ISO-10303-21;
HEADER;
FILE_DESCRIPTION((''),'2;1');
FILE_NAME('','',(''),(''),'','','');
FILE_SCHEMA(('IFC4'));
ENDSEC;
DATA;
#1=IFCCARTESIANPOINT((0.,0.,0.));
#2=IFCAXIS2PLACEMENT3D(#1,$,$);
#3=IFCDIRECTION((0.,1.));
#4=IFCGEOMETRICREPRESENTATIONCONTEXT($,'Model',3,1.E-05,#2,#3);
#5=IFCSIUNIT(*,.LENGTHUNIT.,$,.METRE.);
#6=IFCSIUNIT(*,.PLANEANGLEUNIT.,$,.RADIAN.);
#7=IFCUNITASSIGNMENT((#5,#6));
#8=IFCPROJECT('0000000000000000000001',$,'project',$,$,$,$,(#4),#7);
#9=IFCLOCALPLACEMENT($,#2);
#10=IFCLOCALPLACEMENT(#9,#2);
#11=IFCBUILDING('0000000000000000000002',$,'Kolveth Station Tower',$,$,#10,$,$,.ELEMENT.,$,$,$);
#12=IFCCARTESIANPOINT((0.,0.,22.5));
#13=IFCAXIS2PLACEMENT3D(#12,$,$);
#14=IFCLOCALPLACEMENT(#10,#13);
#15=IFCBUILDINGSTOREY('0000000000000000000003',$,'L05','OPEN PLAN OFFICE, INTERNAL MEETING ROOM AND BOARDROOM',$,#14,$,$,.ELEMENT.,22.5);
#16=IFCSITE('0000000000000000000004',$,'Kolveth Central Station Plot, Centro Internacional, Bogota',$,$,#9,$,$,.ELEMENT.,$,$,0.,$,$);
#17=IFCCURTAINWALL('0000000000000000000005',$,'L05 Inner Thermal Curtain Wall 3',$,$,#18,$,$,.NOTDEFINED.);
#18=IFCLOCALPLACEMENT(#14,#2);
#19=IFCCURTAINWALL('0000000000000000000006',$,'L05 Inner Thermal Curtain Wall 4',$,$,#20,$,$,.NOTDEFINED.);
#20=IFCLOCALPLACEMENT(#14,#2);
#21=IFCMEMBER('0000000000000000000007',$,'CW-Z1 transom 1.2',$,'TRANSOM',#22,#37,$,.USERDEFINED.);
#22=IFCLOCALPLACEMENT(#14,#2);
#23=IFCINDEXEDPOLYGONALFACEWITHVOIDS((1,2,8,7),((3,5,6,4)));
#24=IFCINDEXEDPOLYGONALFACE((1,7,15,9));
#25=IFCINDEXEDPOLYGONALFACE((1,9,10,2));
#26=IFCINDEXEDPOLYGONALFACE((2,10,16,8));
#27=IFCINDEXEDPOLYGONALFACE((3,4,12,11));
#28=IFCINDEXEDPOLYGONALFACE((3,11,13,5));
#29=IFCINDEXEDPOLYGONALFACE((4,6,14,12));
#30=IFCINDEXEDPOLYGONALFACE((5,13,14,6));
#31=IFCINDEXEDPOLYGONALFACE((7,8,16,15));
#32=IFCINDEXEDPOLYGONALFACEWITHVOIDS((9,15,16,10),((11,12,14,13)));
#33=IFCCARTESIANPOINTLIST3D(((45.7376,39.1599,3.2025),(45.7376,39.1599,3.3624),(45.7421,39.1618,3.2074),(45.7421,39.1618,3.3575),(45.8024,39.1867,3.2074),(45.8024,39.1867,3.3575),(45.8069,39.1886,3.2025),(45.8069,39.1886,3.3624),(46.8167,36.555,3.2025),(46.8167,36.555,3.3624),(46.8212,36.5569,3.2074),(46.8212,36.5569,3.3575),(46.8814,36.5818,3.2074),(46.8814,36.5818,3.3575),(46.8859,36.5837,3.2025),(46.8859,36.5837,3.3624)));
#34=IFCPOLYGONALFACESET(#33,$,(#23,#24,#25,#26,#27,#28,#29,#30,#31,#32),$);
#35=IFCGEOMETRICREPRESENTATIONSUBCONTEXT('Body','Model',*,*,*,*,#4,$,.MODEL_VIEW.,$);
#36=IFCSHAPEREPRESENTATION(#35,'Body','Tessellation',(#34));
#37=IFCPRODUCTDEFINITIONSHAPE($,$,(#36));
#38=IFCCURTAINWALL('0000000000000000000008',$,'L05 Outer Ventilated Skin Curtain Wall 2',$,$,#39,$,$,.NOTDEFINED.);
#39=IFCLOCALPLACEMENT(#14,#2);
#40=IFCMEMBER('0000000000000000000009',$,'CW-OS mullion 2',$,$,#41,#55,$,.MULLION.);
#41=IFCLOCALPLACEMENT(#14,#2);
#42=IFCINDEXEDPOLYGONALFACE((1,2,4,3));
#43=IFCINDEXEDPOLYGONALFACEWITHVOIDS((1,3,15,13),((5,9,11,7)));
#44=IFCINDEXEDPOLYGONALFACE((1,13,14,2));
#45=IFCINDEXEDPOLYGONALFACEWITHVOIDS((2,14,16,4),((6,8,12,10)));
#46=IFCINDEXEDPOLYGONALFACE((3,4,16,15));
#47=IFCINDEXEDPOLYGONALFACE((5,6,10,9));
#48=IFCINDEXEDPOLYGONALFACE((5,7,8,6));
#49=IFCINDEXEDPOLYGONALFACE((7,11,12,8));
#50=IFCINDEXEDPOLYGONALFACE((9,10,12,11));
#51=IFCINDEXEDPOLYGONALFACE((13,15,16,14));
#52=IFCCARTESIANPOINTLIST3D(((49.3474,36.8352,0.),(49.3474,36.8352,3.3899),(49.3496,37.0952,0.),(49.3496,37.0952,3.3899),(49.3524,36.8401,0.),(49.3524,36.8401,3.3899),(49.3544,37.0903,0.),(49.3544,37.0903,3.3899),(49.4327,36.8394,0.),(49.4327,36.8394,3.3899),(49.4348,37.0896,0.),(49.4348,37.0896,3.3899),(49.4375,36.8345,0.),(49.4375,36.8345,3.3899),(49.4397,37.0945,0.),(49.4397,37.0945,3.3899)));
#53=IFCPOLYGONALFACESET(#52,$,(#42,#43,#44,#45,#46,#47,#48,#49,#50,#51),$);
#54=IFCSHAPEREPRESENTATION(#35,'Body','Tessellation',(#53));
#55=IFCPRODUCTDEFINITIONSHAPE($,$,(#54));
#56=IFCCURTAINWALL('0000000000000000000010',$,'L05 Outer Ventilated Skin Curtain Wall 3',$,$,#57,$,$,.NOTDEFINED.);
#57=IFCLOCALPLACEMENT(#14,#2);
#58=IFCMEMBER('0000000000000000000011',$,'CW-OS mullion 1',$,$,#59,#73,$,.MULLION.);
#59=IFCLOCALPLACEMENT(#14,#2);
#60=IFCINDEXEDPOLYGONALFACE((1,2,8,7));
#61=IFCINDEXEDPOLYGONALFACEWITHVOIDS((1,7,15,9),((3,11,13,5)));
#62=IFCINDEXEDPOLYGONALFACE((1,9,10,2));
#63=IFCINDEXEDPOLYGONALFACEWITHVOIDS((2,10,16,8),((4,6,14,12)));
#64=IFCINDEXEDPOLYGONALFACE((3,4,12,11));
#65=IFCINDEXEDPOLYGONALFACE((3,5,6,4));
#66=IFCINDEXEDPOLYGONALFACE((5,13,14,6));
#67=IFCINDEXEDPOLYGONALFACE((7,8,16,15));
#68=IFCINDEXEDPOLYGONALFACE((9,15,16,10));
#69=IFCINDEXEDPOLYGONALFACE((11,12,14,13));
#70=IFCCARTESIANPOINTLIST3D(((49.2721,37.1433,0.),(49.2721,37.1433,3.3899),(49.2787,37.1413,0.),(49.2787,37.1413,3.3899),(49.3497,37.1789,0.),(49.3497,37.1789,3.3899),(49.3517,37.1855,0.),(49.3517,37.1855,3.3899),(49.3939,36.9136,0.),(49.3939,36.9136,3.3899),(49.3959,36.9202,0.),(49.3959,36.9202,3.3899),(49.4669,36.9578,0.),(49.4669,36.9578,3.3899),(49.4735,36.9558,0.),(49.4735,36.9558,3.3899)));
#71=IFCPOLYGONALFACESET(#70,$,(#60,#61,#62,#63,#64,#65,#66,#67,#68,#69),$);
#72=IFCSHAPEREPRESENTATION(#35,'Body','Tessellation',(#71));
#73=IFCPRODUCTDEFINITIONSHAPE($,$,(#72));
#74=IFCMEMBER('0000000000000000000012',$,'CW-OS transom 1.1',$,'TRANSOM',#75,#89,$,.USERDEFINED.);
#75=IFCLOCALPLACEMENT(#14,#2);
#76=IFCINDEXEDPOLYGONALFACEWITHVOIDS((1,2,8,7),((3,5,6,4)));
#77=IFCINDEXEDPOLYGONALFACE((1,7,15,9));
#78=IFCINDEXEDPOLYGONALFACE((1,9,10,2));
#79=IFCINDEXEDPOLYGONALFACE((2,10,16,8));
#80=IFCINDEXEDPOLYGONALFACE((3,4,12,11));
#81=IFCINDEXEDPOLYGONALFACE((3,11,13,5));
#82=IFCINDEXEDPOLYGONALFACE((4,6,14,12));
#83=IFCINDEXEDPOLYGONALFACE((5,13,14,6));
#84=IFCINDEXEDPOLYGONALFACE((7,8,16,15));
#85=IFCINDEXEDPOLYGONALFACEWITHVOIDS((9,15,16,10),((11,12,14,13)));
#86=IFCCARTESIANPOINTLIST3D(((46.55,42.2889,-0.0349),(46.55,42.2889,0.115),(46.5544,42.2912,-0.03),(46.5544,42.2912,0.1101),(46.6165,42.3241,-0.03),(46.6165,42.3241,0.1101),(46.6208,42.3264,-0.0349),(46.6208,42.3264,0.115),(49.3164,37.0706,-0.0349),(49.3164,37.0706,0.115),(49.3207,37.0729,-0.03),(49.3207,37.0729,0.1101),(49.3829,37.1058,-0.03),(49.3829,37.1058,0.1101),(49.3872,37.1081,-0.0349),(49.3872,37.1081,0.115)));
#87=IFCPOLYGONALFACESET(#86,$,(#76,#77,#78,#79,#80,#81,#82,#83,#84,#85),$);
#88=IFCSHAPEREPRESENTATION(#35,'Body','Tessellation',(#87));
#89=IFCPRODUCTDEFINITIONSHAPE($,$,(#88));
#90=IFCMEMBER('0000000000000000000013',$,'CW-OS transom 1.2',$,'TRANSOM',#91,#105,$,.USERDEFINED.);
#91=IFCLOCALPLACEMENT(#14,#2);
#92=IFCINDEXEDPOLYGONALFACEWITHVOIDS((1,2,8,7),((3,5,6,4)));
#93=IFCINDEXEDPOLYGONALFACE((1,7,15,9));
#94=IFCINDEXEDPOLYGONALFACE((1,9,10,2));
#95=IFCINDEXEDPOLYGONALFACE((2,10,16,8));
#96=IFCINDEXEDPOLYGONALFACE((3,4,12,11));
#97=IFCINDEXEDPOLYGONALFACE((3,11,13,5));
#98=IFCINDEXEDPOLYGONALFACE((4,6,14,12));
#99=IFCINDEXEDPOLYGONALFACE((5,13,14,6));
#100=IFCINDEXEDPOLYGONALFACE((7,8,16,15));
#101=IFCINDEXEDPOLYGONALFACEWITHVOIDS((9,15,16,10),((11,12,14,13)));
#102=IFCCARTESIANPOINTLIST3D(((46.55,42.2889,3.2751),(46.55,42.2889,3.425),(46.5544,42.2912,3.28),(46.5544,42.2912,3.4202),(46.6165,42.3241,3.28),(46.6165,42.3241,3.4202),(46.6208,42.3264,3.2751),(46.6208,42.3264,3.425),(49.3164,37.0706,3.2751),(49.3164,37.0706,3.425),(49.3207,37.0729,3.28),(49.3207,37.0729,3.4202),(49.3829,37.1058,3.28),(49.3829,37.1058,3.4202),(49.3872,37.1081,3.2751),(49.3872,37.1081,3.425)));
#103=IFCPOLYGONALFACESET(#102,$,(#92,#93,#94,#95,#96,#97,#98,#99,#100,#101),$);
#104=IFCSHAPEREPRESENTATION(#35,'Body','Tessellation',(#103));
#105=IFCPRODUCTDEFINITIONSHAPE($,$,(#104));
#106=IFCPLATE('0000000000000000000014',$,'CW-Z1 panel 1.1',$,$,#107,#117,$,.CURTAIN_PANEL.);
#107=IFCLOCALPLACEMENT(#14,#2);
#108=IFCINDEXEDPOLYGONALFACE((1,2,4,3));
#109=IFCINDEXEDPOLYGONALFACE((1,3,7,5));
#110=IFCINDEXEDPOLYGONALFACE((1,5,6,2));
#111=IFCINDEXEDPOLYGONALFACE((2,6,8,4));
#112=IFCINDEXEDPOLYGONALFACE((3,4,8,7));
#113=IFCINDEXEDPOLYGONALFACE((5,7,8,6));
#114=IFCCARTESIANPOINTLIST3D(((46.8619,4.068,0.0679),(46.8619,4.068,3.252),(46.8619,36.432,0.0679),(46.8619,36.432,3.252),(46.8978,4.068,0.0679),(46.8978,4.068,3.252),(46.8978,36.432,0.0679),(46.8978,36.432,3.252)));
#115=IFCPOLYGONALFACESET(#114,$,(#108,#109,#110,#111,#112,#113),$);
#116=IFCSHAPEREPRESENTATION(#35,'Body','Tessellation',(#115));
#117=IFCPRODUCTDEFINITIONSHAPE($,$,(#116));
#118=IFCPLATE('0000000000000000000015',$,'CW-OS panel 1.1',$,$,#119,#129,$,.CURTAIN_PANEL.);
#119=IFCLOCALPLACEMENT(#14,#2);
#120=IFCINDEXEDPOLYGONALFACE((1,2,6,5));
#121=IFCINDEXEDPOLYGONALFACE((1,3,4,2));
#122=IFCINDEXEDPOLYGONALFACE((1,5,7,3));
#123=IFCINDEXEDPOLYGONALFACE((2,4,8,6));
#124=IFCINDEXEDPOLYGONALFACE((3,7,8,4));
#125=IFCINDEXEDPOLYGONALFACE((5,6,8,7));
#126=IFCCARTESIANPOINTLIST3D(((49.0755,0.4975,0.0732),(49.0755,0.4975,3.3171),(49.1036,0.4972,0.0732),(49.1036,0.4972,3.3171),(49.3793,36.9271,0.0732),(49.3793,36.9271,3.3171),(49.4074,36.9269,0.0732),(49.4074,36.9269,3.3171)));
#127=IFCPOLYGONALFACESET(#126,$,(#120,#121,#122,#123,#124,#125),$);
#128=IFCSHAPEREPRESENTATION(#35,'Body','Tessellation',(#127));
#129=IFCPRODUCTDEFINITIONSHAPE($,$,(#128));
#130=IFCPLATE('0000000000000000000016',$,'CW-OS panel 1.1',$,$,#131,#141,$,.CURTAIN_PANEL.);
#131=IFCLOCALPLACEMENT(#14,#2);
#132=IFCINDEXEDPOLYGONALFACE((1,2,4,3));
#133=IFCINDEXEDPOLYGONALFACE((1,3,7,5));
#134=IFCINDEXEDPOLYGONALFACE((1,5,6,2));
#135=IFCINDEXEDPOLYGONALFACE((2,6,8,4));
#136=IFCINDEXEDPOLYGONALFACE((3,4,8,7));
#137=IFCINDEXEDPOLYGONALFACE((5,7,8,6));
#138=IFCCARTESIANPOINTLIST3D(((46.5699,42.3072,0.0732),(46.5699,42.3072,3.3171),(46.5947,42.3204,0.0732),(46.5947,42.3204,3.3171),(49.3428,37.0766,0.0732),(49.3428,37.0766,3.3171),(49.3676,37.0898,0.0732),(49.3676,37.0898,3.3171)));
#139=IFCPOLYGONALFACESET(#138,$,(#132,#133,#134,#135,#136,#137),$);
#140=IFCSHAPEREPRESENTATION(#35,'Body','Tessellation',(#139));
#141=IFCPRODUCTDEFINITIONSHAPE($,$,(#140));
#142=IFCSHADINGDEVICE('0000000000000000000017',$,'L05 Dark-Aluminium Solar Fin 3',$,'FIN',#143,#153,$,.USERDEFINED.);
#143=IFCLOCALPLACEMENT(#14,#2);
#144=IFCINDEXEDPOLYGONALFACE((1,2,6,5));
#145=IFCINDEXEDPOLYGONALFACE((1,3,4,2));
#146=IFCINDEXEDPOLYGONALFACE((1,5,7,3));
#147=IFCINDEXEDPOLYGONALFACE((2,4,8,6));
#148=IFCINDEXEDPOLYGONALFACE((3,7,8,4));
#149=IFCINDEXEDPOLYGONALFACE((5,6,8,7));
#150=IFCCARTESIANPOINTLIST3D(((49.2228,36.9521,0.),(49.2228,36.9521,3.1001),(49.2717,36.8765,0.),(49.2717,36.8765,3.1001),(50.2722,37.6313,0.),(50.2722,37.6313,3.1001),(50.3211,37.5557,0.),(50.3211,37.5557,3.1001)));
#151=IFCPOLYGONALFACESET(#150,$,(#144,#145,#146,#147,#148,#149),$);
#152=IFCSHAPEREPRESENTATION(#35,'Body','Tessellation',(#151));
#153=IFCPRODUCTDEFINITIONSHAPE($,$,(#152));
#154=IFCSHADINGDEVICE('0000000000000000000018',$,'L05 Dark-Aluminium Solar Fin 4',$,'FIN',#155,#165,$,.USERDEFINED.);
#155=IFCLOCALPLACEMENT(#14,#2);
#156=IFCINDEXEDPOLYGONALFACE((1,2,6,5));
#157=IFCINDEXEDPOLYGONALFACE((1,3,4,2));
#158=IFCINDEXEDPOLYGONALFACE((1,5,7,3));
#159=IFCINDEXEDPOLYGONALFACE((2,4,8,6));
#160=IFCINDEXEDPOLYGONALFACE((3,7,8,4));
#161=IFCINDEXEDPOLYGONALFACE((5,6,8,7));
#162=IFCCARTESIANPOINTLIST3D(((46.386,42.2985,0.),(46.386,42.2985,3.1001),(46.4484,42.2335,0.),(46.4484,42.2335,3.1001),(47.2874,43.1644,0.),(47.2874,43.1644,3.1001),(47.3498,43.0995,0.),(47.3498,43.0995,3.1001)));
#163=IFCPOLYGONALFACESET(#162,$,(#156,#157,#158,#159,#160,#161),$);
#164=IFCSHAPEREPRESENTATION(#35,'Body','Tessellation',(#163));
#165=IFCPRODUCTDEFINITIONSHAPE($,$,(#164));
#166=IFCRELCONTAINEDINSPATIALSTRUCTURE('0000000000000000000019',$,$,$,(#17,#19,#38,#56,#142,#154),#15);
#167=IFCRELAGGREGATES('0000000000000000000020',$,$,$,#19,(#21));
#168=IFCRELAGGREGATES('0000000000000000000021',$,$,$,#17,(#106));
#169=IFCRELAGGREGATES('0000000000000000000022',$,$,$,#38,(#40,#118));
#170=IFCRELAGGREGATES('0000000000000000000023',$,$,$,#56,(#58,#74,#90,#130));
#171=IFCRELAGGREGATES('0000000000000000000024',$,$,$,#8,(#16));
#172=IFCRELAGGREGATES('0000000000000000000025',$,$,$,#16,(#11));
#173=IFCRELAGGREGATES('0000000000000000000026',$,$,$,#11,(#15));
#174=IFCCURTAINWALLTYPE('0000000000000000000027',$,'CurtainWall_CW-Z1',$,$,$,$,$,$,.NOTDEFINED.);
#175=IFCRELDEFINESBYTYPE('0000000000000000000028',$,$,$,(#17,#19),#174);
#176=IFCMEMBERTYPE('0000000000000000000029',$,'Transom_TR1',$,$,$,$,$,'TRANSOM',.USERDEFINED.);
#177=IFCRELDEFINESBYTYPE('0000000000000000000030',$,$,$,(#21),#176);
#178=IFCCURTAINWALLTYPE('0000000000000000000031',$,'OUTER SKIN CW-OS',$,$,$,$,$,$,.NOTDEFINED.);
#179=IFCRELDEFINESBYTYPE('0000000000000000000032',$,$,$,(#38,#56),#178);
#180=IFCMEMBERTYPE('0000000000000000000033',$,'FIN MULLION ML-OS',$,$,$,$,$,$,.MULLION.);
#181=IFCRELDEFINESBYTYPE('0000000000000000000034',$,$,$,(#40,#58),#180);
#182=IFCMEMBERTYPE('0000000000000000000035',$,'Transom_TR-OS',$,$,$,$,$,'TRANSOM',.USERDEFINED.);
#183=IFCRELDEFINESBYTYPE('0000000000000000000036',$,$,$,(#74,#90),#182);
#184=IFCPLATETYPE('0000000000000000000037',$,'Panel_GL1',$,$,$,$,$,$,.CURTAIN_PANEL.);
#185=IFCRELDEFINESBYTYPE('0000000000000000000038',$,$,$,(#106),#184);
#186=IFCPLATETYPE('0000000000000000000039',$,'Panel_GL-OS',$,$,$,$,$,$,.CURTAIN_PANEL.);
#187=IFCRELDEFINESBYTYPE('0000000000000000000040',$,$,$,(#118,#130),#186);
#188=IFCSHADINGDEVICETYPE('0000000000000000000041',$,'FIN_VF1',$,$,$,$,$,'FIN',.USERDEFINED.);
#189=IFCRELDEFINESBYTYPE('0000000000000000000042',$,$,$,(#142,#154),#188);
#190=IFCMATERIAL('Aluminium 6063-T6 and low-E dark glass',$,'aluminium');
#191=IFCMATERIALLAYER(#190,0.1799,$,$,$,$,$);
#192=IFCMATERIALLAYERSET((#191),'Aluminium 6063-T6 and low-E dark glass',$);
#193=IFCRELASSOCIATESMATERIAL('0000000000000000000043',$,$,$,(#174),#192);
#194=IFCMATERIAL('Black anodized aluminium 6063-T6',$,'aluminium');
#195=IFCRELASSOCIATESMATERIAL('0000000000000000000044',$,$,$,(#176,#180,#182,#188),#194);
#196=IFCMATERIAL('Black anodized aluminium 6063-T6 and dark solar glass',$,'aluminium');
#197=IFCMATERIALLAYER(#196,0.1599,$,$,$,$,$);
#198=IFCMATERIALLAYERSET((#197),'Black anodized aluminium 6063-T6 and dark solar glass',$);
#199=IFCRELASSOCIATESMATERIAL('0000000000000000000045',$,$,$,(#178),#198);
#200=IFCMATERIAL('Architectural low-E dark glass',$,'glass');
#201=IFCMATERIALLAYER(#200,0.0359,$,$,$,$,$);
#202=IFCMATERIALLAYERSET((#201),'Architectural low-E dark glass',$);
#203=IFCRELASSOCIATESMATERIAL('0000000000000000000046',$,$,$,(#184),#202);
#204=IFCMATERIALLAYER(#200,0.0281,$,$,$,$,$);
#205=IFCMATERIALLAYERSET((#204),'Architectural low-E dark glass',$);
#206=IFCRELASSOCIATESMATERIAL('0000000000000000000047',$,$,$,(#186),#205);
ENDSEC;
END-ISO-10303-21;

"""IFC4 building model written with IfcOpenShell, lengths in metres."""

from ifc_helpers import new_model, si_unit, direction, frame, origin, origin_2d, place, context, subcontext, project, spatial, rectangle, hollow_rectangle, extrude, source, transform, mapped, material, layer, layer_set, material_profile, profile_set, type_object, element, aggregate, save


model = new_model("IFC4")

# Units and contexts
model_context = context("Model", 3, precision=1e-05, world=origin(), true_north=direction((0.0, 1.0)))
body_context = subcontext(model_context, "Body", "Model", "MODEL_VIEW")
ifc_project = project(units=[si_unit("LENGTHUNIT", "METRE"), si_unit("PLANEANGLEUNIT", "RADIAN")], contexts=[model_context])

# Site, building, storey
site_placement = place(None, origin())
site = spatial("IfcSite", under=ifc_project, at=site_placement, Name="Kolveth Central Station Plot, Centro Internacional, Bogota", CompositionType="ELEMENT", RefElevation=0.0)
building_placement = place(site_placement, origin())
building = spatial("IfcBuilding", under=site, at=building_placement, Name="Kolveth Station Tower", CompositionType="ELEMENT")
storey_placement = place(building_placement, frame((0.0, 0.0, 22.5)))
storey = spatial("IfcBuildingStorey", under=building, at=storey_placement, Name="L05", Description="OPEN PLAN OFFICE, INTERNAL MEETING ROOM AND BOARDROOM", CompositionType="ELEMENT", Elevation=22.5)

# Curtain wall
ifc_material_1 = material(Name="Aluminium 6063-T6 and low-E dark glass", Category="aluminium")
ifc_layer_1 = layer(ifc_material_1, 0.1799)
ifc_layer_set_1 = layer_set([ifc_layer_1], Name="Aluminium 6063-T6 and low-E dark glass")
curtain_wall_type_1 = type_object("IfcCurtainWallType", Name="CurtainWall_CW-Z1", PredefinedType="NOTDEFINED", material=ifc_layer_set_1)
curtain_wall_1_placement = place(storey_placement, origin())
curtain_wall_1 = element("IfcCurtainWall", 1, at=curtain_wall_1_placement, inside=storey, type_object=curtain_wall_type_1, Name="L05 Inner Thermal Curtain Wall 3", PredefinedType="NOTDEFINED")
ifc_material_2 = material(Name="Black anodized aluminium 6063-T6", Category="aluminium")

# Curtain wall, member
curtain_wall_2_placement = place(storey_placement, origin())
curtain_wall_2 = element("IfcCurtainWall", 2, at=curtain_wall_2_placement, inside=storey, type_object=curtain_wall_type_1, Name="L05 Inner Thermal Curtain Wall 4", PredefinedType="NOTDEFINED")
ifc_material_profile_1 = material_profile(ifc_material_2, hollow_rectangle(XDim=0.075, YDim=0.1599, WallThickness=0.0049, at=origin_2d()), Name="ALU-75x160x5")
ifc_profile_set_1 = profile_set([ifc_material_profile_1], Name="Black anodized aluminium 6063-T6")
member_type_1 = type_object("IfcMemberType", Name="Transom_TR1", ElementType="TRANSOM", PredefinedType="USERDEFINED", material=ifc_profile_set_1)
shared_shape_1 = source(origin(), body_context, "Body", "SweptSolid", [
    extrude(hollow_rectangle(XDim=0.075, YDim=0.1599, WallThickness=0.0049, at=origin_2d()), origin(), (0.0, 0.0, 1.0), 2.8196),
])
member_1_placement = place(storey_placement, frame((46.8513, 36.5693, 3.2825), z_axis=(-0.382709, 0.923869, 0.0), x_axis=(-0.923869, -0.382709, 0.0)))
member_1 = element("IfcMember", 3, at=member_1_placement, type_object=member_type_1, Name="CW-Z1 transom 1.2", ObjectType="TRANSOM", PredefinedType="USERDEFINED", context=body_context, shape_type="MappedRepresentation", body=[
    mapped(shared_shape_1, transform((0.0, 0.0, 0.0), x_axis=(1.0, 0.0, 0.0), y_axis=(0.0, 1.0, 0.0), z_axis=(0.0, 0.0, 1.0), scale=1.0)),
])
aggregate(curtain_wall_2, [member_1])

# Curtain wall, member
ifc_material_3 = material(Name="Black anodized aluminium 6063-T6 and dark solar glass", Category="aluminium")
ifc_layer_2 = layer(ifc_material_3, 0.1599)
ifc_layer_set_2 = layer_set([ifc_layer_2], Name="Black anodized aluminium 6063-T6 and dark solar glass")
curtain_wall_type_2 = type_object("IfcCurtainWallType", Name="OUTER SKIN CW-OS", PredefinedType="NOTDEFINED", material=ifc_layer_set_2)
curtain_wall_3_placement = place(storey_placement, origin())
curtain_wall_3 = element("IfcCurtainWall", 4, at=curtain_wall_3_placement, inside=storey, type_object=curtain_wall_type_2, Name="L05 Outer Ventilated Skin Curtain Wall 2", PredefinedType="NOTDEFINED")
ifc_material_profile_2 = material_profile(ifc_material_2, hollow_rectangle(XDim=0.0901, YDim=0.26, WallThickness=0.0049, at=origin_2d()), Name="ALU-90x260x5")
ifc_profile_set_2 = profile_set([ifc_material_profile_2], Name="Black anodized aluminium 6063-T6")
member_type_2 = type_object("IfcMemberType", Name="FIN MULLION ML-OS", PredefinedType="MULLION", material=ifc_profile_set_2)
shared_shape_2 = source(origin(), body_context, "Body", "SweptSolid", [
    extrude(hollow_rectangle(XDim=0.0901, YDim=0.26, WallThickness=0.0049, at=origin_2d()), origin(), (0.0, 0.0, 1.0), 3.3899),
])
member_2_placement = place(storey_placement, frame((49.3936, 36.9648, 0.0), z_axis=(0.0, 0.0, 1.0), x_axis=(-0.999965, 0.00834, 0.0)))
member_2 = element("IfcMember", 5, at=member_2_placement, type_object=member_type_2, Name="CW-OS mullion 2", PredefinedType="MULLION", context=body_context, shape_type="MappedRepresentation", body=[
    mapped(shared_shape_2, transform((0.0, 0.0, 0.0), x_axis=(1.0, 0.0, 0.0), y_axis=(0.0, 1.0, 0.0), z_axis=(0.0, 0.0, 1.0), scale=1.0)),
])

# Curtain wall, members
curtain_wall_4_placement = place(storey_placement, origin())
curtain_wall_4 = element("IfcCurtainWall", 6, at=curtain_wall_4_placement, inside=storey, type_object=curtain_wall_type_2, Name="L05 Outer Ventilated Skin Curtain Wall 3", PredefinedType="NOTDEFINED")
member_3_placement = place(storey_placement, frame((49.3728, 37.0496, 0.0), z_axis=(0.0, 0.0, 1.0), x_axis=(-0.883526, -0.468381, 0.0)))
member_3 = element("IfcMember", 7, at=member_3_placement, type_object=member_type_2, Name="CW-OS mullion 1", PredefinedType="MULLION", context=body_context, shape_type="MappedRepresentation", body=[
    mapped(shared_shape_2, transform((0.0, 0.0, 0.0), x_axis=(1.0, 0.0, 0.0), y_axis=(0.0, 1.0, 0.0), z_axis=(0.0, 0.0, 1.0), scale=1.0)),
])
ifc_material_profile_3 = material_profile(ifc_material_2, hollow_rectangle(XDim=0.0801, YDim=0.1499, WallThickness=0.0049, at=origin_2d()), Name="ALU-80x150x5")
ifc_profile_set_3 = profile_set([ifc_material_profile_3], Name="Black anodized aluminium 6063-T6")
member_type_3 = type_object("IfcMemberType", Name="Transom_TR-OS", ElementType="TRANSOM", PredefinedType="USERDEFINED", material=ifc_profile_set_3)
shared_shape_3 = source(origin(), body_context, "Body", "SweptSolid", [
    extrude(hollow_rectangle(XDim=0.0801, YDim=0.1499, WallThickness=0.0049, at=origin_2d()), origin(), (0.0, 0.0, 1.0), 5.9062),
])
member_4_placement = place(storey_placement, frame((49.3518, 37.0894, 0.04), z_axis=(-0.468383, 0.883525, 0.0), x_axis=(-0.883525, -0.468383, 0.0)))
member_4 = element("IfcMember", 8, at=member_4_placement, type_object=member_type_3, Name="CW-OS transom 1.1", ObjectType="TRANSOM", PredefinedType="USERDEFINED", context=body_context, shape_type="MappedRepresentation", body=[
    mapped(shared_shape_3, transform((0.0, 0.0, 0.0), x_axis=(1.0, 0.0, 0.0), y_axis=(0.0, 1.0, 0.0), z_axis=(0.0, 0.0, 1.0), scale=1.0)),
])
member_5_placement = place(storey_placement, frame((49.3518, 37.0894, 3.3501), z_axis=(-0.468383, 0.883525, 0.0), x_axis=(-0.883525, -0.468383, 0.0)))
member_5 = element("IfcMember", 9, at=member_5_placement, type_object=member_type_3, Name="CW-OS transom 1.2", ObjectType="TRANSOM", PredefinedType="USERDEFINED", context=body_context, shape_type="MappedRepresentation", body=[
    mapped(shared_shape_3, transform((0.0, 0.0, 0.0), x_axis=(1.0, 0.0, 0.0), y_axis=(0.0, 1.0, 0.0), z_axis=(0.0, 0.0, 1.0), scale=1.0)),
])

# Plates
ifc_material_4 = material(Name="Architectural low-E dark glass", Category="glass")
ifc_layer_3 = layer(ifc_material_4, 0.0359)
ifc_layer_set_3 = layer_set([ifc_layer_3], Name="Architectural low-E dark glass")
plate_type_1 = type_object("IfcPlateType", Name="Panel_GL1", PredefinedType="CURTAIN_PANEL", material=ifc_layer_set_3)
shared_shape_4 = source(origin(), body_context, "Body", "SweptSolid", [
    extrude(rectangle(XDim=32.364, YDim=0.0359, at=origin_2d()), origin(), (0.0, 0.0, 1.0), 3.1841),
])
plate_1_placement = place(storey_placement, frame((46.8799, 20.25, 0.0679), z_axis=(0.0, 0.0, 1.0), x_axis=(0.0, 1.0, 0.0)))
plate_1 = element("IfcPlate", 10, at=plate_1_placement, type_object=plate_type_1, Name="CW-Z1 panel 1.1", PredefinedType="CURTAIN_PANEL", context=body_context, shape_type="MappedRepresentation", body=[
    mapped(shared_shape_4, transform((0.0, 0.0, 0.0), x_axis=(1.0, 0.0, 0.0), y_axis=(0.0, 1.0, 0.0), z_axis=(0.0, 0.0, 1.0), scale=1.0)),
])
aggregate(curtain_wall_1, [plate_1])
ifc_layer_4 = layer(ifc_material_4, 0.0281)
ifc_layer_set_4 = layer_set([ifc_layer_4], Name="Architectural low-E dark glass")
plate_type_2 = type_object("IfcPlateType", Name="Panel_GL-OS", PredefinedType="CURTAIN_PANEL", material=ifc_layer_set_4)
shared_shape_5 = source(origin(), body_context, "Body", "SweptSolid", [
    extrude(rectangle(XDim=36.4309, YDim=0.0281, at=origin_2d()), origin(), (0.0, 0.0, 1.0), 3.2439),
])
plate_2_placement = place(storey_placement, frame((49.2415, 18.7122, 0.0732), z_axis=(0.0, 0.0, 1.0), x_axis=(0.00834, 0.999965, 0.0)))
plate_2 = element("IfcPlate", 11, at=plate_2_placement, type_object=plate_type_2, Name="CW-OS panel 1.1", PredefinedType="CURTAIN_PANEL", context=body_context, shape_type="MappedRepresentation", body=[
    mapped(shared_shape_5, transform((0.0, 0.0, 0.0), x_axis=(1.0, 0.0, 0.0), y_axis=(0.0, 1.0, 0.0), z_axis=(0.0, 0.0, 1.0), scale=1.0)),
])
aggregate(curtain_wall_3, [member_2, plate_2])
shared_shape_6 = source(origin(), body_context, "Body", "SweptSolid", [
    extrude(rectangle(XDim=5.9202, YDim=0.0281, at=origin_2d()), origin(), (0.0, 0.0, 1.0), 3.2439),
])
plate_3_placement = place(storey_placement, frame((47.9688, 39.6985, 0.0732), z_axis=(0.0, 0.0, 1.0), x_axis=(-0.468381, 0.883526, 0.0)))
plate_3 = element("IfcPlate", 12, at=plate_3_placement, type_object=plate_type_2, Name="CW-OS panel 1.1", PredefinedType="CURTAIN_PANEL", context=body_context, shape_type="MappedRepresentation", body=[
    mapped(shared_shape_6, transform((0.0, 0.0, 0.0), x_axis=(1.0, 0.0, 0.0), y_axis=(0.0, 1.0, 0.0), z_axis=(0.0, 0.0, 1.0), scale=1.0)),
])
aggregate(curtain_wall_4, [member_3, member_4, member_5, plate_3])

# Shading devices
shading_device_type = type_object("IfcShadingDeviceType", Name="FIN_VF1", ElementType="FIN", PredefinedType="USERDEFINED", material=ifc_material_2)
shared_shape_7 = source(origin(), body_context, "Body", "SweptSolid", [
    extrude(rectangle(XDim=1.25, YDim=0.0901, at=origin_2d()), origin(), (0.0, 0.0, 1.0), 3.1001),
])
for number, where, z_axis, x_axis, name in (
    (13, (49.772, 37.2539, 0.0), (0.0, 0.0, 1.0), (0.839525, 0.543321, 0.0), "L05 Dark-Aluminium Solar Fin 3"),
    (14, (46.8679, 42.699, 0.0), (0.0, 0.0, 1.0), (0.721156, 0.692773, 0.0), "L05 Dark-Aluminium Solar Fin 4"),
):
    element("IfcShadingDevice", number, at=place(storey_placement, frame(where, z_axis=z_axis, x_axis=x_axis)), inside=storey, type_object=shading_device_type, Name=name, ObjectType="FIN", PredefinedType="USERDEFINED", context=body_context, shape_type="MappedRepresentation", body=[
        mapped(shared_shape_7, transform((0.0, 0.0, 0.0), x_axis=(1.0, 0.0, 0.0), y_axis=(0.0, 1.0, 0.0), z_axis=(0.0, 0.0, 1.0), scale=1.0)),
    ])

save(model, "model.ifc")
